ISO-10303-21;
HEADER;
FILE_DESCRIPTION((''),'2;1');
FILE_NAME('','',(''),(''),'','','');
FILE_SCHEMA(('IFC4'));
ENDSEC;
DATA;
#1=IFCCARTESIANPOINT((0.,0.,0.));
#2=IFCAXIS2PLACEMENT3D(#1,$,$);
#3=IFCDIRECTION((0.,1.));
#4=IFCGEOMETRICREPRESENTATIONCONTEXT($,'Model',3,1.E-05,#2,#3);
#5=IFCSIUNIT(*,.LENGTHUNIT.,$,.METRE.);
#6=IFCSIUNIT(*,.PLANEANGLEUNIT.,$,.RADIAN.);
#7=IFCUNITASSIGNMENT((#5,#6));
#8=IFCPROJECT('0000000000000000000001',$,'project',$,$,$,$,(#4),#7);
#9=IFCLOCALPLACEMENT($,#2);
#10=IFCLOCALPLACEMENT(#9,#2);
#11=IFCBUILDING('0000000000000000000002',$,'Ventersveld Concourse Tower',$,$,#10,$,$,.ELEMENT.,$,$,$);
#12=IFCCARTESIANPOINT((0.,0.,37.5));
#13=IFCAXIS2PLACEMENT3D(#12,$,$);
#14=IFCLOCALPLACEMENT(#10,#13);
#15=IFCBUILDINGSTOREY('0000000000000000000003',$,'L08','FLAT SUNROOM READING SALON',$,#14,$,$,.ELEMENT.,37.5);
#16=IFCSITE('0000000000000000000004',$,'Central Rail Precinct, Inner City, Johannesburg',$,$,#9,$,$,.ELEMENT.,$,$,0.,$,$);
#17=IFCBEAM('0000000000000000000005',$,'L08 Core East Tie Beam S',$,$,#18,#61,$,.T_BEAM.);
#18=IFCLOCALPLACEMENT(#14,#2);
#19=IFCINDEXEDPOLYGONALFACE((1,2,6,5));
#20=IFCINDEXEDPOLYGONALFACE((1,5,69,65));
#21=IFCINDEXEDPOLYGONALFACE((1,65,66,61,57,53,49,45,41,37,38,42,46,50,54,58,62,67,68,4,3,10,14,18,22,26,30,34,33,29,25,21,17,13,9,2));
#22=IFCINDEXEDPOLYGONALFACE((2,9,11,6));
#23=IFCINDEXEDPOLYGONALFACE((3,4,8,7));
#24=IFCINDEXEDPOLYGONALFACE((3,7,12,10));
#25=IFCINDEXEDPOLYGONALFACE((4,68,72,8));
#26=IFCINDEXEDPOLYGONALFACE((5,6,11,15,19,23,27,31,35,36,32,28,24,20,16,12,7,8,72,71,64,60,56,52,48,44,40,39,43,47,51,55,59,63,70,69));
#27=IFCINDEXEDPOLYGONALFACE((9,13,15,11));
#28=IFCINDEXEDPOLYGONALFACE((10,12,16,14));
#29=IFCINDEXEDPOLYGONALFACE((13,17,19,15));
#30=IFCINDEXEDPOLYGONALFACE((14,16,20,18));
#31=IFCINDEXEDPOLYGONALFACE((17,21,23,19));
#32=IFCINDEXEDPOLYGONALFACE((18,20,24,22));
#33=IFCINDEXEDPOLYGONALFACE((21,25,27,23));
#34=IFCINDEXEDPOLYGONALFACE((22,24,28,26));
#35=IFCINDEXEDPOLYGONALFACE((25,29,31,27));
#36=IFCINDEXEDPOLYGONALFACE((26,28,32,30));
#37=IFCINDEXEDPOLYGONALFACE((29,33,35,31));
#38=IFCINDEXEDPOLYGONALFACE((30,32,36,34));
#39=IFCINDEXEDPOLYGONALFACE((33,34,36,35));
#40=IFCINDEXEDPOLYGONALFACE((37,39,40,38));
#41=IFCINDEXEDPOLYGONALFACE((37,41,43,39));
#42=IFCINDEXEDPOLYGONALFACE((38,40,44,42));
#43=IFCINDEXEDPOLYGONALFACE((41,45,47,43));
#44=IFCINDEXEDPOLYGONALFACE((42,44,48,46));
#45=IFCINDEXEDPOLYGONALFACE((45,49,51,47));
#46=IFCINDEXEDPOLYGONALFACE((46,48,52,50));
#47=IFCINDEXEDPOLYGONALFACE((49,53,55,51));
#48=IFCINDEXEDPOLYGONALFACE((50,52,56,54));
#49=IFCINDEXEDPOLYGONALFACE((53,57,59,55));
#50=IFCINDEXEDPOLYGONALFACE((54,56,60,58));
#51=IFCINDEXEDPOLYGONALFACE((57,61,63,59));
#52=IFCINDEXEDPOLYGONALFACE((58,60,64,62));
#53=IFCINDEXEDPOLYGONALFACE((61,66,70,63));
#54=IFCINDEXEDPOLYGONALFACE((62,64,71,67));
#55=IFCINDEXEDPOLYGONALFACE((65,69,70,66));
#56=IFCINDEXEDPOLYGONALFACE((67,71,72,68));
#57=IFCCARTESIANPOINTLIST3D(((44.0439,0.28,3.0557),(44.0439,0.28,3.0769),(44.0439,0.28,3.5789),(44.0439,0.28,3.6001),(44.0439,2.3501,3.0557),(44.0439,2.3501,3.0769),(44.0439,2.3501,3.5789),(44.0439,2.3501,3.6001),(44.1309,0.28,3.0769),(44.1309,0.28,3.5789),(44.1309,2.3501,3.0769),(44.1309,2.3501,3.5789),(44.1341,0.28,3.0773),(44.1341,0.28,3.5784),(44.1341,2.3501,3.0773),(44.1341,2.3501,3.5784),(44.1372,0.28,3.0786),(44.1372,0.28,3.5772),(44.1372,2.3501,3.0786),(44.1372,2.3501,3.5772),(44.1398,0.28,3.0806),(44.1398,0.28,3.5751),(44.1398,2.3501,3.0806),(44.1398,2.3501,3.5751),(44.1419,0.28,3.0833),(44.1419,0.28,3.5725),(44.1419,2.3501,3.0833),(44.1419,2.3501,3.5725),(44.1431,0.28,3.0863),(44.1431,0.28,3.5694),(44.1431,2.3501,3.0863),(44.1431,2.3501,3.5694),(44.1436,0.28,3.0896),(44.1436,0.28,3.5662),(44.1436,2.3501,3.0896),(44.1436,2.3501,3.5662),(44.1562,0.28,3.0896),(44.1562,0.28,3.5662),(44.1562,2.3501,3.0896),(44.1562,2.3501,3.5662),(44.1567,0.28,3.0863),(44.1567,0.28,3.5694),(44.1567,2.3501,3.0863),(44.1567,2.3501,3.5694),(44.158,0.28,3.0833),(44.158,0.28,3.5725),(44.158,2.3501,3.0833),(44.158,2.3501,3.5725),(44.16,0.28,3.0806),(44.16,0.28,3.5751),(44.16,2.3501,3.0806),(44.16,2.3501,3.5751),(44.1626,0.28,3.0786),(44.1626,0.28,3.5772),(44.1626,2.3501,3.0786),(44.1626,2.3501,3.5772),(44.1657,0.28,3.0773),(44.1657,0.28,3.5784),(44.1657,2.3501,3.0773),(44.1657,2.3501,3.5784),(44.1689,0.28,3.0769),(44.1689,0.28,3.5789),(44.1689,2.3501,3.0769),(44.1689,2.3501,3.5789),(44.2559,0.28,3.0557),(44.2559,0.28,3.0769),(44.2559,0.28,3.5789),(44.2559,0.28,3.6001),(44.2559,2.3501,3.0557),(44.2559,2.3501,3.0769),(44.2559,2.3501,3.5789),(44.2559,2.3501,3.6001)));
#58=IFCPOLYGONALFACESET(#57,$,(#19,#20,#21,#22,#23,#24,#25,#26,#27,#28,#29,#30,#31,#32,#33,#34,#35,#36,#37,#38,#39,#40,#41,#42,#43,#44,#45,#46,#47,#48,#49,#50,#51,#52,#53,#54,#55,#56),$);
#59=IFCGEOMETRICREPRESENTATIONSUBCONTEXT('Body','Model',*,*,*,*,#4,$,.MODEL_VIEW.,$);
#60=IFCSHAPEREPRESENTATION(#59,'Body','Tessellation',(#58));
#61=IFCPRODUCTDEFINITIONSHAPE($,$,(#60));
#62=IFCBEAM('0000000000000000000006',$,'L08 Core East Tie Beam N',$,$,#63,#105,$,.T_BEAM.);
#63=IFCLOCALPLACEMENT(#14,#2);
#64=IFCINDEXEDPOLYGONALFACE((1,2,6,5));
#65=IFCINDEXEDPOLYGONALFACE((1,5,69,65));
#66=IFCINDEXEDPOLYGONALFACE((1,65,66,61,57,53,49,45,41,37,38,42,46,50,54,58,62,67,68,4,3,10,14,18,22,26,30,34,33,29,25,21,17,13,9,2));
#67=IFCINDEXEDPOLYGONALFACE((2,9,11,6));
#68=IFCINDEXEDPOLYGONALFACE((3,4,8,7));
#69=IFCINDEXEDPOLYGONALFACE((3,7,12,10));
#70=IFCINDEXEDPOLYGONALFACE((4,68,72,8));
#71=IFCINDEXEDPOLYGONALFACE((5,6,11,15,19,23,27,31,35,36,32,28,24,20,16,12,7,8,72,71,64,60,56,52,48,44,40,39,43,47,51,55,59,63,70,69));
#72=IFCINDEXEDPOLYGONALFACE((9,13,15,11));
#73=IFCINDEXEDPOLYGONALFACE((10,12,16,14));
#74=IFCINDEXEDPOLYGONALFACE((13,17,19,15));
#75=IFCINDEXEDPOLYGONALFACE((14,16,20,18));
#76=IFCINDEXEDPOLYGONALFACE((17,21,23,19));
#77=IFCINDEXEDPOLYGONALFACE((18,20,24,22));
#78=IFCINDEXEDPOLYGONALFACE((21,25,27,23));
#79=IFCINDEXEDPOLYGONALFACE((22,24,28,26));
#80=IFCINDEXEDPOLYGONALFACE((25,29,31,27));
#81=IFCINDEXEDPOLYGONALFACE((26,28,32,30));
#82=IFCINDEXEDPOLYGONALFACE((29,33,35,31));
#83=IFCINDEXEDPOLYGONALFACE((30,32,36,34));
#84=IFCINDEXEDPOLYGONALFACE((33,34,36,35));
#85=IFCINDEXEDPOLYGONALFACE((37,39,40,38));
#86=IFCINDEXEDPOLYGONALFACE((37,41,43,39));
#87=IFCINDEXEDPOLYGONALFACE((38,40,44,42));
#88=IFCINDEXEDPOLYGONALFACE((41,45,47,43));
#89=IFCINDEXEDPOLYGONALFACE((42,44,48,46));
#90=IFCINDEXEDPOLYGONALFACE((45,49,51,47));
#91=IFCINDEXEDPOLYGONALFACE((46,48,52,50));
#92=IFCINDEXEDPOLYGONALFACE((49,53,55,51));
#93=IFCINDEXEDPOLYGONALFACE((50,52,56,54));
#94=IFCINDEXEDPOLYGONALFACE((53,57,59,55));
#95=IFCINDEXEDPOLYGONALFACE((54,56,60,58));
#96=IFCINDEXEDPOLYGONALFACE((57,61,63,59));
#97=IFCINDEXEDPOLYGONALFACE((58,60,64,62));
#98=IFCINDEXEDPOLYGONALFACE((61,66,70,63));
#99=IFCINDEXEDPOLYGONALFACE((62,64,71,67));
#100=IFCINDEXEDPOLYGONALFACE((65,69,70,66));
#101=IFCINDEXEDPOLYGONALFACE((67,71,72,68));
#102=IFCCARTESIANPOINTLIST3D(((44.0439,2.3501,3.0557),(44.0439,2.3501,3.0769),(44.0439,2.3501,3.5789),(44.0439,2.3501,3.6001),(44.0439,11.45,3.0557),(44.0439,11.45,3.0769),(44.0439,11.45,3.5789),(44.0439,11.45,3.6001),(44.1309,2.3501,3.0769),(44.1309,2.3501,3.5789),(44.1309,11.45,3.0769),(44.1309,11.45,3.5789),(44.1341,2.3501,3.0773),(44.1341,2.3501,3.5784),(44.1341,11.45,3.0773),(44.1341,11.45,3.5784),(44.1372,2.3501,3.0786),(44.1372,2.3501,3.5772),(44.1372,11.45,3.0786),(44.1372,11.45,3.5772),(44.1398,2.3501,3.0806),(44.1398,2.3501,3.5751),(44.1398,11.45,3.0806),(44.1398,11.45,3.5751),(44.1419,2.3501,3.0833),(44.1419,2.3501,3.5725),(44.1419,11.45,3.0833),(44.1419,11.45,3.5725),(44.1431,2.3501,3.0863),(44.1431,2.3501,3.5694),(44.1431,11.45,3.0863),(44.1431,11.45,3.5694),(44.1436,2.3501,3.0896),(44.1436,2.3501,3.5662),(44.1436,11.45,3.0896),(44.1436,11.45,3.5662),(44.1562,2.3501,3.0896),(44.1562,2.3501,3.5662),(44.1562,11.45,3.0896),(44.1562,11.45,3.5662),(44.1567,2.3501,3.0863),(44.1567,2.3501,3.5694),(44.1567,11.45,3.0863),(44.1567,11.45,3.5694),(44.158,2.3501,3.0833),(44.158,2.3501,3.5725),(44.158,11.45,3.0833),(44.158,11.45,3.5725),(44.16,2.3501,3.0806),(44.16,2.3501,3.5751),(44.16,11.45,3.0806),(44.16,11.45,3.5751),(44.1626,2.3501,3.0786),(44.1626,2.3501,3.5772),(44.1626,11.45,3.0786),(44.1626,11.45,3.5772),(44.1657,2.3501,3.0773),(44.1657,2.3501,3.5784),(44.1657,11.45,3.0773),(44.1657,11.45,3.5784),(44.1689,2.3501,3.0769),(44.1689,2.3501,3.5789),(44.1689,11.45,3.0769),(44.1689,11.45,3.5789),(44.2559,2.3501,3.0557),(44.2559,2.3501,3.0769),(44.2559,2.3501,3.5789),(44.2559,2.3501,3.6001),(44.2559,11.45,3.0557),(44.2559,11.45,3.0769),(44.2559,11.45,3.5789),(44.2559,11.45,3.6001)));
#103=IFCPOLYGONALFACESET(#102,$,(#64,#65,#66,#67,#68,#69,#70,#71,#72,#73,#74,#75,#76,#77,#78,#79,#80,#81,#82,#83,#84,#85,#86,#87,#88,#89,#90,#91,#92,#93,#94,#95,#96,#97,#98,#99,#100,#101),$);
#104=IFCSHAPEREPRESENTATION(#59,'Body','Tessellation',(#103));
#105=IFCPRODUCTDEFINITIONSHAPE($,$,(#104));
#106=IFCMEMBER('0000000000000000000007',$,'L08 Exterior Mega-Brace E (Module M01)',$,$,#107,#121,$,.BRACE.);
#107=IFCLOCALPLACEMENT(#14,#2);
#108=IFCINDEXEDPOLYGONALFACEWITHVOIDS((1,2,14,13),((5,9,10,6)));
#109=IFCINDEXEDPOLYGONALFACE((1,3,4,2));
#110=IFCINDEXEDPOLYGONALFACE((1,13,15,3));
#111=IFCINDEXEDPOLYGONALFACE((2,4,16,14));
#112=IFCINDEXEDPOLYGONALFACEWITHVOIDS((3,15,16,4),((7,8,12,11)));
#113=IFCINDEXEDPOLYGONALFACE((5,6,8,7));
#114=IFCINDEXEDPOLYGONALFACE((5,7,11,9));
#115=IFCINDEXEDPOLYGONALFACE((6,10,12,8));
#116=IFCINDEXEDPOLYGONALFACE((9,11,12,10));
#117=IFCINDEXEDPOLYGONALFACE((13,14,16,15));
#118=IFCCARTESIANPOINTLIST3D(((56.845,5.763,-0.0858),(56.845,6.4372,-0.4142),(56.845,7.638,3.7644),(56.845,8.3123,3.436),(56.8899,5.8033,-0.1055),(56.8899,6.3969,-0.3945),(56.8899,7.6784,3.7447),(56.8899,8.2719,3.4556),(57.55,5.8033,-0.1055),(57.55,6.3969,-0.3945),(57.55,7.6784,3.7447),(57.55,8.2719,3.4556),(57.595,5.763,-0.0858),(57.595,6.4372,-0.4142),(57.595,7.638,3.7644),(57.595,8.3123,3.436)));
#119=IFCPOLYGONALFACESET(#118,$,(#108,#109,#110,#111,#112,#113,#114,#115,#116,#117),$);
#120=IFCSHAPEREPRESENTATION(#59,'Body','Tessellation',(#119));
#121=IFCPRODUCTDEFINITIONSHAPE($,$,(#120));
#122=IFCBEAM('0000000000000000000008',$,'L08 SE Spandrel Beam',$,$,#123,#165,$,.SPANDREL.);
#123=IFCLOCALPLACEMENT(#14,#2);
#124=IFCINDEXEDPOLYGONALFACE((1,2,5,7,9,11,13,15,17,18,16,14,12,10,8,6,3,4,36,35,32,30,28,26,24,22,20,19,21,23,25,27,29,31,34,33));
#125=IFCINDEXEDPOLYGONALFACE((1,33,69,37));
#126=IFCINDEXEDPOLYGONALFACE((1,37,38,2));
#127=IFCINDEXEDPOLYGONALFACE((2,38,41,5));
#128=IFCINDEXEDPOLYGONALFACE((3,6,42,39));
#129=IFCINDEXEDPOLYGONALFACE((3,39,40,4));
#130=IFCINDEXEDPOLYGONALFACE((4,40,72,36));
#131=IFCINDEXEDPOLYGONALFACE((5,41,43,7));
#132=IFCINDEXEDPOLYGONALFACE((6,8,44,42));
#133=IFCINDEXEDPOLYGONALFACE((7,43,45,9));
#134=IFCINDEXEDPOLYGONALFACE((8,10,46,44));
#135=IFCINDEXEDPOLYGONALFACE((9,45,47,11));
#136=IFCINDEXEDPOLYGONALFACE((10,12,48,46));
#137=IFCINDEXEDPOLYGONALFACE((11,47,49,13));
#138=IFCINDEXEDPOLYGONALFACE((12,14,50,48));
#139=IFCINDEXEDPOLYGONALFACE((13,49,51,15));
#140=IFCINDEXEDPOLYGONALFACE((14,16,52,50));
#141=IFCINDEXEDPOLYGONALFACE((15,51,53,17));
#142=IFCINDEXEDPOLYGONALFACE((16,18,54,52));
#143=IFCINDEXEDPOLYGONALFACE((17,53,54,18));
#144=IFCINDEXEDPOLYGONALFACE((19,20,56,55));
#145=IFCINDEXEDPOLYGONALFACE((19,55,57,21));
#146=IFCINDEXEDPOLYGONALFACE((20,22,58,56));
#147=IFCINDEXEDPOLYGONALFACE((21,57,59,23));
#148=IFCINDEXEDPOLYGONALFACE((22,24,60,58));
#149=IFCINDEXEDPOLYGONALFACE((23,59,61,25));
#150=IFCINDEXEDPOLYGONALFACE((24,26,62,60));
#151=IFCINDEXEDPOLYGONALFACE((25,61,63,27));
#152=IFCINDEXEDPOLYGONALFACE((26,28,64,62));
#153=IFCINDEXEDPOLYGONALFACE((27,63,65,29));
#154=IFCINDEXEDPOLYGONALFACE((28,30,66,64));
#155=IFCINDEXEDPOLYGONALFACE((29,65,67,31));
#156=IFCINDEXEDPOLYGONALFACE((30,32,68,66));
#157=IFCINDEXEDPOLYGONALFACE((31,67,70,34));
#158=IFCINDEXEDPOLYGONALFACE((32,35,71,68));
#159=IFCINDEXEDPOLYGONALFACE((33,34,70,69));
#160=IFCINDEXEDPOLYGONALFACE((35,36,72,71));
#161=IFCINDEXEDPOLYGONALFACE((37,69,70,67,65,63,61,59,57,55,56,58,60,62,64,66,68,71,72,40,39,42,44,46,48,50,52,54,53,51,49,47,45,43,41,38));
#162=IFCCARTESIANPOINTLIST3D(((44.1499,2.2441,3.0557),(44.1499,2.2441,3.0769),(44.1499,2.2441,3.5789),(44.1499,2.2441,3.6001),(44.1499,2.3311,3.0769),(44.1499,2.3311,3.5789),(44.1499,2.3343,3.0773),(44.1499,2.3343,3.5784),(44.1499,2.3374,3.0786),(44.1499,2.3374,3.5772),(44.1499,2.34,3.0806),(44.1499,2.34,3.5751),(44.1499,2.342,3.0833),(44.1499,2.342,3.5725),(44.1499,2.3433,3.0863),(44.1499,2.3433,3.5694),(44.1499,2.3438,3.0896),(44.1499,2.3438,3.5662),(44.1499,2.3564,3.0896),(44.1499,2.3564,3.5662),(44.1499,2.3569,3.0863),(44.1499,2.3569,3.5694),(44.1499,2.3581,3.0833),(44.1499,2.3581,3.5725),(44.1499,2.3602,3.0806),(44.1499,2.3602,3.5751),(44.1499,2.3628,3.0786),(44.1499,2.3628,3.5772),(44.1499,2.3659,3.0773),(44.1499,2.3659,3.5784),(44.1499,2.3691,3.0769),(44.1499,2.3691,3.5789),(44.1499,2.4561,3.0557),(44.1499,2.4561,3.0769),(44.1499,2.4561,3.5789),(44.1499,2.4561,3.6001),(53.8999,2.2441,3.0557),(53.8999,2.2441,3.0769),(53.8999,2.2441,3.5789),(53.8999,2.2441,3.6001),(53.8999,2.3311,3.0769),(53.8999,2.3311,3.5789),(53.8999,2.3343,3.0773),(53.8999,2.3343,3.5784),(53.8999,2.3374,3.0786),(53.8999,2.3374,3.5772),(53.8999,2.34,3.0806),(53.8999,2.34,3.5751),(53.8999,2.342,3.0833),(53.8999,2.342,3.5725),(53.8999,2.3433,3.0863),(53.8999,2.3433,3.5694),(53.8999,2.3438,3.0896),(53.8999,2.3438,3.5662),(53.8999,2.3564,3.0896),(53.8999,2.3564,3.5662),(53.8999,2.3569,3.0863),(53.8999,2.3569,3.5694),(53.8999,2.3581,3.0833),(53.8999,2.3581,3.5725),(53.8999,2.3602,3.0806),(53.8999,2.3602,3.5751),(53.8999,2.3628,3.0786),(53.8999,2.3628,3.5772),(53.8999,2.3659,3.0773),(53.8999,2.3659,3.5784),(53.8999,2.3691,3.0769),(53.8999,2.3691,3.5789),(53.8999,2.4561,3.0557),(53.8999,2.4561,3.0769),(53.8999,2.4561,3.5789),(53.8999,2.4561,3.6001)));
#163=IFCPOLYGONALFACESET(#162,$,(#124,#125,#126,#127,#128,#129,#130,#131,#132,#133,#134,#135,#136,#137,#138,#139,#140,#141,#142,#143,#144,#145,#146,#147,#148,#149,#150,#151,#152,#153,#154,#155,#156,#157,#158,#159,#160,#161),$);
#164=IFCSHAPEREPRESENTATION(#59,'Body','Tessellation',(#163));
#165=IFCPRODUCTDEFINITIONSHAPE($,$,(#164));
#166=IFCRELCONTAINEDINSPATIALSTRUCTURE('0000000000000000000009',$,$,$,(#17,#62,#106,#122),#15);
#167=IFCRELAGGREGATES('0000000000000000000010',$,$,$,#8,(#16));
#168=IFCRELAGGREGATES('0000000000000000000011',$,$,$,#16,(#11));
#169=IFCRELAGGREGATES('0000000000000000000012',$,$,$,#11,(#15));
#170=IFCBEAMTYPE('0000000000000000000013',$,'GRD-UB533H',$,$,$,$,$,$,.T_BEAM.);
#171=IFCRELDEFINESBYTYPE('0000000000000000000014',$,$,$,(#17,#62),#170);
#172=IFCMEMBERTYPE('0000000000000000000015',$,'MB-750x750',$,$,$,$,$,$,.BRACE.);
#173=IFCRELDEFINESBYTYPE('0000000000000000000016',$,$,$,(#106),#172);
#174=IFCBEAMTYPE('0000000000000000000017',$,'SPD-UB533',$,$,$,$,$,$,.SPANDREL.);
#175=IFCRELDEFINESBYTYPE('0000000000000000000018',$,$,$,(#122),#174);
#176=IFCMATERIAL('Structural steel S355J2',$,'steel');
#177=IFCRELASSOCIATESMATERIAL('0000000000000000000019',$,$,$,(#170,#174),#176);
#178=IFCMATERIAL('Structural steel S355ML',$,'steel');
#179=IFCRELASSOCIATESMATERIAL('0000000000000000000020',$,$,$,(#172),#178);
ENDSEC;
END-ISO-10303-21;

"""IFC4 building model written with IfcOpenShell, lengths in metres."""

from ifc_helpers import new_model, si_unit, direction, frame, origin, origin_2d, place, context, subcontext, project, spatial, hollow_rectangle, i_section, extrude, material, material_profile, profile_set, type_object, element, save


model = new_model("IFC4")

# Units and contexts
model_context = context("Model", 3, precision=1e-05, world=origin(), true_north=direction((0.0, 1.0)))
body_context = subcontext(model_context, "Body", "Model", "MODEL_VIEW")
ifc_project = project(units=[si_unit("LENGTHUNIT", "METRE"), si_unit("PLANEANGLEUNIT", "RADIAN")], contexts=[model_context])

# Site, building, storey
site_placement = place(None, origin())
site = spatial("IfcSite", under=ifc_project, at=site_placement, Name="Central Rail Precinct, Inner City, Johannesburg", CompositionType="ELEMENT", RefElevation=0.0)
building_placement = place(site_placement, origin())
building = spatial("IfcBuilding", under=site, at=building_placement, Name="Ventersveld Concourse Tower", CompositionType="ELEMENT")
storey_placement = place(building_placement, frame((0.0, 0.0, 37.5)))
storey = spatial("IfcBuildingStorey", under=building, at=storey_placement, Name="L08", Description="FLAT SUNROOM READING SALON", CompositionType="ELEMENT", Elevation=37.5)

# Beams
ifc_material_1 = material(Name="Structural steel S355J2", Category="steel")
ifc_material_profile_1 = material_profile(ifc_material_1, i_section(OverallWidth=0.2119, OverallDepth=0.5444, WebThickness=0.0127, FlangeThickness=0.0212, FilletRadius=0.0127, at=origin_2d()), Name="UB 533x210x122")
ifc_profile_set_1 = profile_set([ifc_material_profile_1], Name="Structural steel S355J2")
beam_type_1 = type_object("IfcBeamType", Name="GRD-UB533H", PredefinedType="T_BEAM", material=ifc_profile_set_1)
beam_1_placement = place(storey_placement, frame((44.1499, 0.28, 3.3279), z_axis=(0.0, 1.0, 0.0), x_axis=(-1.0, 0.0, 0.0)))
element("IfcBeam", 1, at=beam_1_placement, inside=storey, type_object=beam_type_1, Name="L08 Core East Tie Beam S", PredefinedType="T_BEAM", context=body_context, shape_type="SweptSolid", body=[
    extrude(i_section(OverallWidth=0.2119, OverallDepth=0.5444, WebThickness=0.0127, FlangeThickness=0.0212, FilletRadius=0.0127, at=origin_2d()), origin(), (0.0, 0.0, 1.0), 2.0701),
])
beam_2_placement = place(storey_placement, frame((44.1499, 2.3501, 3.3279), z_axis=(0.0, 1.0, 0.0), x_axis=(-1.0, 0.0, 0.0)))
element("IfcBeam", 2, at=beam_2_placement, inside=storey, type_object=beam_type_1, Name="L08 Core East Tie Beam N", PredefinedType="T_BEAM", context=body_context, shape_type="SweptSolid", body=[
    extrude(i_section(OverallWidth=0.2119, OverallDepth=0.5444, WebThickness=0.0127, FlangeThickness=0.0212, FilletRadius=0.0127, at=origin_2d()), origin(), (0.0, 0.0, 1.0), 9.0999),
])

# Member
ifc_material_2 = material(Name="Structural steel S355ML", Category="steel")
ifc_material_profile_2 = material_profile(ifc_material_2, hollow_rectangle(XDim=0.75, YDim=0.75, WallThickness=0.0449, at=origin_2d()), Name="BOX 750x750x45")
ifc_profile_set_2 = profile_set([ifc_material_profile_2], Name="Structural steel S355ML")
member_type = type_object("IfcMemberType", Name="MB-750x750", PredefinedType="BRACE", material=ifc_profile_set_2)
member_placement = place(storey_placement, frame((57.22, 6.1001, -0.25), z_axis=(0.0, 0.437839, 0.899053), x_axis=(-1.0, 0.0, 0.0)))
element("IfcMember", 3, at=member_placement, inside=storey, type_object=member_type, Name="L08 Exterior Mega-Brace E (Module M01)", PredefinedType="BRACE", context=body_context, shape_type="SweptSolid", body=[
    extrude(hollow_rectangle(XDim=0.75, YDim=0.75, WallThickness=0.0449, at=origin_2d()), origin(), (0.0, 0.0, 1.0), 4.2825),
])

# Beam
ifc_material_profile_3 = material_profile(ifc_material_1, i_section(OverallWidth=0.2119, OverallDepth=0.5444, WebThickness=0.0127, FlangeThickness=0.0212, FilletRadius=0.0127, at=origin_2d()), Name="UB 533x210x122")
ifc_profile_set_3 = profile_set([ifc_material_profile_3], Name="Structural steel S355J2")
beam_type_2 = type_object("IfcBeamType", Name="SPD-UB533", PredefinedType="SPANDREL", material=ifc_profile_set_3)
beam_3_placement = place(storey_placement, frame((44.1499, 2.3501, 3.3279), z_axis=(1.0, 0.0, 0.0), x_axis=(0.0, 1.0, 0.0)))
element("IfcBeam", 4, at=beam_3_placement, inside=storey, type_object=beam_type_2, Name="L08 SE Spandrel Beam", PredefinedType="SPANDREL", context=body_context, shape_type="SweptSolid", body=[
    extrude(i_section(OverallWidth=0.2119, OverallDepth=0.5444, WebThickness=0.0127, FlangeThickness=0.0212, FilletRadius=0.0127, at=origin_2d()), origin(), (0.0, 0.0, 1.0), 9.75),
])

save(model, "model.ifc")
